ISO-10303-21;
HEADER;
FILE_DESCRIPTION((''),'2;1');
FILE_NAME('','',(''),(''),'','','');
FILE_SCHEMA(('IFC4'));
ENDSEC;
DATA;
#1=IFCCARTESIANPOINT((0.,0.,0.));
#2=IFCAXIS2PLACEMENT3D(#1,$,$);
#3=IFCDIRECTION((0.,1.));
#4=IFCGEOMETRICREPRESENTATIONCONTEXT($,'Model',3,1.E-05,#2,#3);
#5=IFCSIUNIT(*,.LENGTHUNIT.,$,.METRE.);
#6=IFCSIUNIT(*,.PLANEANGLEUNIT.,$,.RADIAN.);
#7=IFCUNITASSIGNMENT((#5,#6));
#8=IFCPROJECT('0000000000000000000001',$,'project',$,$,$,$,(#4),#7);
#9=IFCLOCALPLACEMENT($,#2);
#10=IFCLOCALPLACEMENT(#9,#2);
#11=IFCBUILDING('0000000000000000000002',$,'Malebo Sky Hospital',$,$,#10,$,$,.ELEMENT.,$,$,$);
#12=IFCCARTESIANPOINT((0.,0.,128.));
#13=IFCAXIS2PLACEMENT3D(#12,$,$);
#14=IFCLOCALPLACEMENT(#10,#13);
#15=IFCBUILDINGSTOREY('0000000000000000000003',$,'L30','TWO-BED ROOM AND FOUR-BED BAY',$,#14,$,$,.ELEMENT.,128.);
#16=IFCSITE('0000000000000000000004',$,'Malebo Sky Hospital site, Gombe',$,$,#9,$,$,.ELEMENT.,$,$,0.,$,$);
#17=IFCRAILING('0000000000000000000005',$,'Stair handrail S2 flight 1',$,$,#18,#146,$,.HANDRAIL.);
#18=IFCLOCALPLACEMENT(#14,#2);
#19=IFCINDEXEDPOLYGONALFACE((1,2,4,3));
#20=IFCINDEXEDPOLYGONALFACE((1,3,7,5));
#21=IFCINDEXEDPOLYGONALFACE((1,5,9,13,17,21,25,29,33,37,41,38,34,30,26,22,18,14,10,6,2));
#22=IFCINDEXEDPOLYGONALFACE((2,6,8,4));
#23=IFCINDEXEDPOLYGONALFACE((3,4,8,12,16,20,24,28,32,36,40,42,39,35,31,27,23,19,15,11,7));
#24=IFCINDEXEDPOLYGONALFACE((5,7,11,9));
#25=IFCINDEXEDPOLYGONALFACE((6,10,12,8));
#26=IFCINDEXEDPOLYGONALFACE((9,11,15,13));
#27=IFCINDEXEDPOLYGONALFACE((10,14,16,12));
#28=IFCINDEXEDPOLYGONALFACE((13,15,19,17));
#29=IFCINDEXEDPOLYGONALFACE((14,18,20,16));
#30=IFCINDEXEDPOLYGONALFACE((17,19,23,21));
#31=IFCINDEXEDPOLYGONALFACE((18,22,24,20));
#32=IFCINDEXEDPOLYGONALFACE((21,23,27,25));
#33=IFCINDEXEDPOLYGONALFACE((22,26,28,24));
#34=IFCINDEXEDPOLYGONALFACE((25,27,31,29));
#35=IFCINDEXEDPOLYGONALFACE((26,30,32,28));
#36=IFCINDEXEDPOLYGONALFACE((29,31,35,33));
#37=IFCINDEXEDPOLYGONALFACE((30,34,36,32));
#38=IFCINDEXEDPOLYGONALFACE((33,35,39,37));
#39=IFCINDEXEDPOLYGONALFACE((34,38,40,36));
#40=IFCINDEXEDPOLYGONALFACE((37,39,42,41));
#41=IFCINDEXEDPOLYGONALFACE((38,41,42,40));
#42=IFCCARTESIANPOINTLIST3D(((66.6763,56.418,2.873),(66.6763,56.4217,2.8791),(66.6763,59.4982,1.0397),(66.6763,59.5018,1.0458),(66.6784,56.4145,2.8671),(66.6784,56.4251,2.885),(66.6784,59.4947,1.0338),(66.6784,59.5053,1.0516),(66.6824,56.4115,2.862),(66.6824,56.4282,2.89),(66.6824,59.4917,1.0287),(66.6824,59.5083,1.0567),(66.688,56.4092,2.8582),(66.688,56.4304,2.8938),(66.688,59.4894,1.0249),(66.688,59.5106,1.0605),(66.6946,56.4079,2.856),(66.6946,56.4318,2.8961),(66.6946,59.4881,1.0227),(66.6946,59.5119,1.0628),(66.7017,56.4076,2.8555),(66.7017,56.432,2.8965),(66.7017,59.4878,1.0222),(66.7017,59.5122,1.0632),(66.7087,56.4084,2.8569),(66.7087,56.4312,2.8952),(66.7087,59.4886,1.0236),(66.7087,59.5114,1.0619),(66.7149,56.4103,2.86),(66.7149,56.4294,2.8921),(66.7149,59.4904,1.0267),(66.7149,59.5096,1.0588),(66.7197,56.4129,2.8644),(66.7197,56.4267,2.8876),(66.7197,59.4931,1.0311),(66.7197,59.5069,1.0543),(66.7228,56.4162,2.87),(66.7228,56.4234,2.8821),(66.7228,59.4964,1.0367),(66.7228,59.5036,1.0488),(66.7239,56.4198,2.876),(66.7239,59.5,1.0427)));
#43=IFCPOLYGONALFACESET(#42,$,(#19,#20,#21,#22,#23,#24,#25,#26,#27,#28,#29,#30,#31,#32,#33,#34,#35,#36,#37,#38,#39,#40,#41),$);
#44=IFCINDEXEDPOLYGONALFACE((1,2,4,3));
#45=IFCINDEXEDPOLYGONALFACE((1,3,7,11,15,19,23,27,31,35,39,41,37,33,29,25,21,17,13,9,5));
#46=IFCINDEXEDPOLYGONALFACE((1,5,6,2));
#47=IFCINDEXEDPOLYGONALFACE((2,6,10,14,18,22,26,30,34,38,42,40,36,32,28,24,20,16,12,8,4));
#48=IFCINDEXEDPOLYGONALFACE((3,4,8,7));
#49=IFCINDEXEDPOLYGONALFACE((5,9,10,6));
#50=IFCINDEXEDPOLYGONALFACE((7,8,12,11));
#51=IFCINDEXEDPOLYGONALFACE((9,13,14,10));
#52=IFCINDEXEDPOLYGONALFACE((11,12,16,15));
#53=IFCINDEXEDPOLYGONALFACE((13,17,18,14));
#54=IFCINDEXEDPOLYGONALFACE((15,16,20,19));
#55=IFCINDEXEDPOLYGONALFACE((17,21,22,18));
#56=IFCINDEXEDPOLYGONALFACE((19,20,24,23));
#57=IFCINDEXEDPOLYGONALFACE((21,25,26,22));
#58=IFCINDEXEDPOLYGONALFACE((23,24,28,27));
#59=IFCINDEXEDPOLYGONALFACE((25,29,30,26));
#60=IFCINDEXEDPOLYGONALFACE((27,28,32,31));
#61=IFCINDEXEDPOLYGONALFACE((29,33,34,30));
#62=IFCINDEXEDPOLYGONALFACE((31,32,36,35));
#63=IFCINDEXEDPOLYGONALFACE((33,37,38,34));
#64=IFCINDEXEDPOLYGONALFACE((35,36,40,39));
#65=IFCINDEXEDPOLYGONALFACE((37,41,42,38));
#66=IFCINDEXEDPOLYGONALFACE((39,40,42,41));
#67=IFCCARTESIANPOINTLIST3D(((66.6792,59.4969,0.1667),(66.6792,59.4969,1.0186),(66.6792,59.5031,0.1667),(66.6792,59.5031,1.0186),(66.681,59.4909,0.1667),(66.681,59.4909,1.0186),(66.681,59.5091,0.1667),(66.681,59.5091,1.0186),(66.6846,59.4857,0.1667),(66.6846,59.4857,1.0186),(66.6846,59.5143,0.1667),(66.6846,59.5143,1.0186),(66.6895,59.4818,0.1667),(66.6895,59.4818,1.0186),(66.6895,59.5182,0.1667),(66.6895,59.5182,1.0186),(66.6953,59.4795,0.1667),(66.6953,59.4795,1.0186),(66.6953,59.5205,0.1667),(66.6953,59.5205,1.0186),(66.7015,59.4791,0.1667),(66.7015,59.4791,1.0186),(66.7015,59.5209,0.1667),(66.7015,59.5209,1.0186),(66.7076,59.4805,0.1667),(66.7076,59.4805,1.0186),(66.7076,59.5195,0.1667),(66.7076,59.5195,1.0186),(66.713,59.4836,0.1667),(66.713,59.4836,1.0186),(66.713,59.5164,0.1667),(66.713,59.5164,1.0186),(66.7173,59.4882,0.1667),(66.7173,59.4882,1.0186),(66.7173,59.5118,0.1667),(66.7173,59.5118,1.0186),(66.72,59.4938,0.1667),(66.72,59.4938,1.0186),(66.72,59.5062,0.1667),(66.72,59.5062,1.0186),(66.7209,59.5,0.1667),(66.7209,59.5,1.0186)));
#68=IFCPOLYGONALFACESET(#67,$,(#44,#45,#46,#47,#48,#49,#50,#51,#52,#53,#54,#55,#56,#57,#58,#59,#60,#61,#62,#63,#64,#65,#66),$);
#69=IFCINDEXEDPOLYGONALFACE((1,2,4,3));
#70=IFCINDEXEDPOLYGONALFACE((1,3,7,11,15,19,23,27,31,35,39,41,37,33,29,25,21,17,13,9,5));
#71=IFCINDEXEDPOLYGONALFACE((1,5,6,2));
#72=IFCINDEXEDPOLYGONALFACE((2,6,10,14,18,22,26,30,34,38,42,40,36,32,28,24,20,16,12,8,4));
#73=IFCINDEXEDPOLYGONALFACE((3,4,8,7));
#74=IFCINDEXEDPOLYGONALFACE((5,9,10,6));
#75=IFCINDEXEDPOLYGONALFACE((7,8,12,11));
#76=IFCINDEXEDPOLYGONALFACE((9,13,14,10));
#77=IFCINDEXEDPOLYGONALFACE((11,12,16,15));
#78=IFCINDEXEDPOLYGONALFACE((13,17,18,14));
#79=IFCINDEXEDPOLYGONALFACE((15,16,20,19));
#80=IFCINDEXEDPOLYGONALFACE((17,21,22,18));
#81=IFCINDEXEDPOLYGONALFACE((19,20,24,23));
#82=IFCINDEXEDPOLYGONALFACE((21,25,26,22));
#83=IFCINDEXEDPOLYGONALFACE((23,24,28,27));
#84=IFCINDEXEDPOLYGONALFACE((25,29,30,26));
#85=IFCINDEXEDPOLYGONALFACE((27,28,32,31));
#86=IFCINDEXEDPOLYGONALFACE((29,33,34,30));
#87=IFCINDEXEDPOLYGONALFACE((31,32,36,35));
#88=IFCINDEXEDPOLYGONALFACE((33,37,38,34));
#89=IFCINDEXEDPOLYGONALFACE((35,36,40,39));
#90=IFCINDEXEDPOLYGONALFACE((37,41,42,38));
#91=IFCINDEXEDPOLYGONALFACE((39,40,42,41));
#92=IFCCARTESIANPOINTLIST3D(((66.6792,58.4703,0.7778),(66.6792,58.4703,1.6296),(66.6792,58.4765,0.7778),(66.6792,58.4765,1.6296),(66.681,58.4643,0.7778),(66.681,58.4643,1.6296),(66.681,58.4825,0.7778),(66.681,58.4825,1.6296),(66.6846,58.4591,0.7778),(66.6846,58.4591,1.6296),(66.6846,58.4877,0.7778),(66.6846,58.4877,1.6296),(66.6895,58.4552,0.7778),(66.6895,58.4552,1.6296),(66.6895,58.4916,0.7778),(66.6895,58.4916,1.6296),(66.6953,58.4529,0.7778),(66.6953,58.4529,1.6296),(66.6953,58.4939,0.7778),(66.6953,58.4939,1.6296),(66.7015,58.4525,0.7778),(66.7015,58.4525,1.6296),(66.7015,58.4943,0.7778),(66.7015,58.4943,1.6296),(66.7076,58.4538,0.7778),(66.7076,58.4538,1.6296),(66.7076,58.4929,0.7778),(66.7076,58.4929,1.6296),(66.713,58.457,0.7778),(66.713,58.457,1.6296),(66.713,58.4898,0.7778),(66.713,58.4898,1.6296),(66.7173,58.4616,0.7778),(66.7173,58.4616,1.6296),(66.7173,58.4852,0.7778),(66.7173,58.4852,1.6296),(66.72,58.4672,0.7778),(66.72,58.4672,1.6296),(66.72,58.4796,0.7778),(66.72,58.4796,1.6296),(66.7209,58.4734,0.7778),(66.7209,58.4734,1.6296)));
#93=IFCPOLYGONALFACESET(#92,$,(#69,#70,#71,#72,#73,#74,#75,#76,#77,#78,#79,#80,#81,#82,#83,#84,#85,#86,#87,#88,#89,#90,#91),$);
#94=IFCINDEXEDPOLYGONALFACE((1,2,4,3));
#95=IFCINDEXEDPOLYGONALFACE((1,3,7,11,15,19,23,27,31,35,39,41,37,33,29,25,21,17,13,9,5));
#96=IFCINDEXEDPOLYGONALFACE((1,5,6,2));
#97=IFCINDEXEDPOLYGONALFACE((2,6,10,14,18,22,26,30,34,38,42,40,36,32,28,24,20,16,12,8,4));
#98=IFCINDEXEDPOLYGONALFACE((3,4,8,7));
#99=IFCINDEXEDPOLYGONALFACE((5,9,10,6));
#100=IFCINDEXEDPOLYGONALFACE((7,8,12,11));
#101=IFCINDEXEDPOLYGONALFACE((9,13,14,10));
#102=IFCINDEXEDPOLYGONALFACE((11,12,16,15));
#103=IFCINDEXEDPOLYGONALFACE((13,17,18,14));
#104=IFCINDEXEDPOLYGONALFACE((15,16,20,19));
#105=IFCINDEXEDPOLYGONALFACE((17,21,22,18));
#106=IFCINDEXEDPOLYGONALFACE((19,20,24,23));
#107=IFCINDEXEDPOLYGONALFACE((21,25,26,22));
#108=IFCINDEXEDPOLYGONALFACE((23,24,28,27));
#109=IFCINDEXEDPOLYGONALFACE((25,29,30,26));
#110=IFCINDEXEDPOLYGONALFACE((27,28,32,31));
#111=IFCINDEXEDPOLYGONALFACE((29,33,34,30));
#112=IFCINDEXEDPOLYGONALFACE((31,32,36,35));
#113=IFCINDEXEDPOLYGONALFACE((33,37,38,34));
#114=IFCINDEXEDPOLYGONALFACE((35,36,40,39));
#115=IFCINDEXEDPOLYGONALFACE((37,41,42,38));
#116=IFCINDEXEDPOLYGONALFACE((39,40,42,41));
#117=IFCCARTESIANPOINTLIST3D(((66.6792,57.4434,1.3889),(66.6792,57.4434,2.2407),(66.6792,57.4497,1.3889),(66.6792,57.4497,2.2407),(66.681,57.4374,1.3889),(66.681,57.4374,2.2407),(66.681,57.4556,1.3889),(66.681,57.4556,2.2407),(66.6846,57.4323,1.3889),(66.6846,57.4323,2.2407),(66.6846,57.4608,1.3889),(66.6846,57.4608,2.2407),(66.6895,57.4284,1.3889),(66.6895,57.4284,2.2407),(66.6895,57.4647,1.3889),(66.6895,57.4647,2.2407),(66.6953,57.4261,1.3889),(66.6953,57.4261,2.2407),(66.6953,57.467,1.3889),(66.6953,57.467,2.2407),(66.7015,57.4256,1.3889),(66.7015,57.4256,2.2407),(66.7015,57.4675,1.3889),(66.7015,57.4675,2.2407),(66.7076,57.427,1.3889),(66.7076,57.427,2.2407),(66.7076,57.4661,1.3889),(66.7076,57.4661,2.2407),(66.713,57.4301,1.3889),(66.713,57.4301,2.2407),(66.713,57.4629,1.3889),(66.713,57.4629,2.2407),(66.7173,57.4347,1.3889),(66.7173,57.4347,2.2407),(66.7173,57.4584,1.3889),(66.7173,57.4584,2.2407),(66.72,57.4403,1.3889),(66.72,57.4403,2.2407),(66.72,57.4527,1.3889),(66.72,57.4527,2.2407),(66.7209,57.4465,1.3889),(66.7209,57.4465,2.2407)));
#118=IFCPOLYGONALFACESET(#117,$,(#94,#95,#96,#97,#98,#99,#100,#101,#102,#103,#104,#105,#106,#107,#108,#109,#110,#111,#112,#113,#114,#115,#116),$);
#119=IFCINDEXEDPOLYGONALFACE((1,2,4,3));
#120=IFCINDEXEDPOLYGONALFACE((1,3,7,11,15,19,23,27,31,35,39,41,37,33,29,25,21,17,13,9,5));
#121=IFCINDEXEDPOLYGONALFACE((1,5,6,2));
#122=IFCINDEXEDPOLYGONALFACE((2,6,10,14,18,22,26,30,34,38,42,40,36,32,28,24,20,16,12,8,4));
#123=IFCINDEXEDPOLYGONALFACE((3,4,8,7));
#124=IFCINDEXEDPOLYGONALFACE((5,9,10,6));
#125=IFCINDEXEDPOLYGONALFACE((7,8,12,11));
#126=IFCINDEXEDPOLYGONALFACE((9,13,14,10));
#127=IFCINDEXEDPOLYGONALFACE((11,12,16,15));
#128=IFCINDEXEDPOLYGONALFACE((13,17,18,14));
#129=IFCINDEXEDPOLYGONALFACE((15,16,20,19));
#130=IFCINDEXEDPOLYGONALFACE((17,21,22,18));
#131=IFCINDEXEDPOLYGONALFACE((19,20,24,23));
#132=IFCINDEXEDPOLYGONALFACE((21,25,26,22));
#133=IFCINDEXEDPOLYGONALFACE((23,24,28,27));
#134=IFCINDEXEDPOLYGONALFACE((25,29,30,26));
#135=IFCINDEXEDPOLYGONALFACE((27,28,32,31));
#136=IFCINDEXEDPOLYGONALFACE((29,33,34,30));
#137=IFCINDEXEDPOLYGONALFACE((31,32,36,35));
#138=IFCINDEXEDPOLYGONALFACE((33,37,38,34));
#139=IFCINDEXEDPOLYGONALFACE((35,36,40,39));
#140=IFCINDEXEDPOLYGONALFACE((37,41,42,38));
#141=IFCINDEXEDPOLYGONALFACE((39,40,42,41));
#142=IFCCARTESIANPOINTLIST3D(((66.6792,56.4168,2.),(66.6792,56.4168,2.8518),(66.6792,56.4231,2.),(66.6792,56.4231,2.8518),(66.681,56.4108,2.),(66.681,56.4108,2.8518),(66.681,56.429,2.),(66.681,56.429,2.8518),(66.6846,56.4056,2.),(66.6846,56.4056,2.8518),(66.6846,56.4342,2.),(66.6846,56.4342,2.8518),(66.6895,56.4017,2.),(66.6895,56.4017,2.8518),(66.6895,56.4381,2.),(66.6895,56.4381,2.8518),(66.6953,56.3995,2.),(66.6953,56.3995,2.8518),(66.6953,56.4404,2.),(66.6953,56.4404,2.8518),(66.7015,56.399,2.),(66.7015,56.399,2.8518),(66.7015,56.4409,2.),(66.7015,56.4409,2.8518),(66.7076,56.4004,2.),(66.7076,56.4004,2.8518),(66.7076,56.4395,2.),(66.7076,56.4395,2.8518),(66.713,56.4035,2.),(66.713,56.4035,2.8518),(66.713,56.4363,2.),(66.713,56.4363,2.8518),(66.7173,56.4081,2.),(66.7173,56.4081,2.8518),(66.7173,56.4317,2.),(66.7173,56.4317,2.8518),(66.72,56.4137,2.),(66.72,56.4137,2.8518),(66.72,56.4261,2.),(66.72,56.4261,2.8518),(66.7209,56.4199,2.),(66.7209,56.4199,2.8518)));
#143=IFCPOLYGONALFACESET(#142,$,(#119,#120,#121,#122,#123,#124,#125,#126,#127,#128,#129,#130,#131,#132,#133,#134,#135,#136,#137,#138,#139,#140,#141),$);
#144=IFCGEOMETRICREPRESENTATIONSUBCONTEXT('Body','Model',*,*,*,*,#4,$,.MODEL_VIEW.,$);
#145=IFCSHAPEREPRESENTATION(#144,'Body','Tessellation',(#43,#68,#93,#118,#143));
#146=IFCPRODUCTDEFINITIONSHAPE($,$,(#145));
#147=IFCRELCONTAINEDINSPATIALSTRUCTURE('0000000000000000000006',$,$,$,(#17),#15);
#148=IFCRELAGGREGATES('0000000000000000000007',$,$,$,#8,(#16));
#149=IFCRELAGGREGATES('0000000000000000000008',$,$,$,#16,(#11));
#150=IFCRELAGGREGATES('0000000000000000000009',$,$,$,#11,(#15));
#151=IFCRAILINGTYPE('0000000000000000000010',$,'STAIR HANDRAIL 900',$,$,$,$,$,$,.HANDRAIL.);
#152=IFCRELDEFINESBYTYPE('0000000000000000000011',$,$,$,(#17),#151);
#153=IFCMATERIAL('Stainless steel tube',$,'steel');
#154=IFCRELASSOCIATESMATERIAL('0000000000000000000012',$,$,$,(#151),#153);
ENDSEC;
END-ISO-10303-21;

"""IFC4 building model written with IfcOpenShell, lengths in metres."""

from ifc_helpers import new_model, si_unit, direction, frame, origin, origin_2d, place, context, subcontext, project, spatial, circle, extrude, material, type_object, element, save


model = new_model("IFC4")

# Units and contexts
model_context = context("Model", 3, precision=1e-05, world=origin(), true_north=direction((0.0, 1.0)))
body_context = subcontext(model_context, "Body", "Model", "MODEL_VIEW")
ifc_project = project(units=[si_unit("LENGTHUNIT", "METRE"), si_unit("PLANEANGLEUNIT", "RADIAN")], contexts=[model_context])

# Site, building, storey
site_placement = place(None, origin())
site = spatial("IfcSite", under=ifc_project, at=site_placement, Name="Malebo Sky Hospital site, Gombe", CompositionType="ELEMENT", RefElevation=0.0)
building_placement = place(site_placement, origin())
building = spatial("IfcBuilding", under=site, at=building_placement, Name="Malebo Sky Hospital", CompositionType="ELEMENT")
storey_placement = place(building_placement, frame((0.0, 0.0, 128.0)))
storey = spatial("IfcBuildingStorey", under=building, at=storey_placement, Name="L30", Description="TWO-BED ROOM AND FOUR-BED BAY", CompositionType="ELEMENT", Elevation=128.0)

# Railing
ifc_material_1 = material(Name="Stainless steel tube", Category="steel")
railing_type = type_object("IfcRailingType", Name="STAIR HANDRAIL 900", PredefinedType="HANDRAIL", material=ifc_material_1)
railing_1_placement = place(storey_placement, frame((66.7, 59.5, 0.1667)))
element("IfcRailing", 1, at=railing_1_placement, inside=storey, type_object=railing_type, Name="Stair handrail S2 flight 1", PredefinedType="HANDRAIL", context=body_context, shape_type="SweptSolid", body=[
    extrude(circle(Radius=0.0239, at=origin_2d()), frame((0.0, 0.0, 0.876), z_axis=(0.0, -0.859309, 0.511458), x_axis=(1.0, 0.0, 0.0)), (0.0, 0.0, 1.0), 3.5845),
    extrude(circle(Radius=0.021, at=origin_2d()), origin(), (0.0, 0.0, 1.0), 0.8518),
    extrude(circle(Radius=0.021, at=origin_2d()), frame((0.0, -1.0266, 0.6111)), (0.0, 0.0, 1.0), 0.8518),
    extrude(circle(Radius=0.021, at=origin_2d()), frame((0.0, -2.0535, 1.2222)), (0.0, 0.0, 1.0), 0.8518),
    extrude(circle(Radius=0.021, at=origin_2d()), frame((0.0, -3.0801, 1.8333)), (0.0, 0.0, 1.0), 0.8518),
])

save(model, "model.ifc")
